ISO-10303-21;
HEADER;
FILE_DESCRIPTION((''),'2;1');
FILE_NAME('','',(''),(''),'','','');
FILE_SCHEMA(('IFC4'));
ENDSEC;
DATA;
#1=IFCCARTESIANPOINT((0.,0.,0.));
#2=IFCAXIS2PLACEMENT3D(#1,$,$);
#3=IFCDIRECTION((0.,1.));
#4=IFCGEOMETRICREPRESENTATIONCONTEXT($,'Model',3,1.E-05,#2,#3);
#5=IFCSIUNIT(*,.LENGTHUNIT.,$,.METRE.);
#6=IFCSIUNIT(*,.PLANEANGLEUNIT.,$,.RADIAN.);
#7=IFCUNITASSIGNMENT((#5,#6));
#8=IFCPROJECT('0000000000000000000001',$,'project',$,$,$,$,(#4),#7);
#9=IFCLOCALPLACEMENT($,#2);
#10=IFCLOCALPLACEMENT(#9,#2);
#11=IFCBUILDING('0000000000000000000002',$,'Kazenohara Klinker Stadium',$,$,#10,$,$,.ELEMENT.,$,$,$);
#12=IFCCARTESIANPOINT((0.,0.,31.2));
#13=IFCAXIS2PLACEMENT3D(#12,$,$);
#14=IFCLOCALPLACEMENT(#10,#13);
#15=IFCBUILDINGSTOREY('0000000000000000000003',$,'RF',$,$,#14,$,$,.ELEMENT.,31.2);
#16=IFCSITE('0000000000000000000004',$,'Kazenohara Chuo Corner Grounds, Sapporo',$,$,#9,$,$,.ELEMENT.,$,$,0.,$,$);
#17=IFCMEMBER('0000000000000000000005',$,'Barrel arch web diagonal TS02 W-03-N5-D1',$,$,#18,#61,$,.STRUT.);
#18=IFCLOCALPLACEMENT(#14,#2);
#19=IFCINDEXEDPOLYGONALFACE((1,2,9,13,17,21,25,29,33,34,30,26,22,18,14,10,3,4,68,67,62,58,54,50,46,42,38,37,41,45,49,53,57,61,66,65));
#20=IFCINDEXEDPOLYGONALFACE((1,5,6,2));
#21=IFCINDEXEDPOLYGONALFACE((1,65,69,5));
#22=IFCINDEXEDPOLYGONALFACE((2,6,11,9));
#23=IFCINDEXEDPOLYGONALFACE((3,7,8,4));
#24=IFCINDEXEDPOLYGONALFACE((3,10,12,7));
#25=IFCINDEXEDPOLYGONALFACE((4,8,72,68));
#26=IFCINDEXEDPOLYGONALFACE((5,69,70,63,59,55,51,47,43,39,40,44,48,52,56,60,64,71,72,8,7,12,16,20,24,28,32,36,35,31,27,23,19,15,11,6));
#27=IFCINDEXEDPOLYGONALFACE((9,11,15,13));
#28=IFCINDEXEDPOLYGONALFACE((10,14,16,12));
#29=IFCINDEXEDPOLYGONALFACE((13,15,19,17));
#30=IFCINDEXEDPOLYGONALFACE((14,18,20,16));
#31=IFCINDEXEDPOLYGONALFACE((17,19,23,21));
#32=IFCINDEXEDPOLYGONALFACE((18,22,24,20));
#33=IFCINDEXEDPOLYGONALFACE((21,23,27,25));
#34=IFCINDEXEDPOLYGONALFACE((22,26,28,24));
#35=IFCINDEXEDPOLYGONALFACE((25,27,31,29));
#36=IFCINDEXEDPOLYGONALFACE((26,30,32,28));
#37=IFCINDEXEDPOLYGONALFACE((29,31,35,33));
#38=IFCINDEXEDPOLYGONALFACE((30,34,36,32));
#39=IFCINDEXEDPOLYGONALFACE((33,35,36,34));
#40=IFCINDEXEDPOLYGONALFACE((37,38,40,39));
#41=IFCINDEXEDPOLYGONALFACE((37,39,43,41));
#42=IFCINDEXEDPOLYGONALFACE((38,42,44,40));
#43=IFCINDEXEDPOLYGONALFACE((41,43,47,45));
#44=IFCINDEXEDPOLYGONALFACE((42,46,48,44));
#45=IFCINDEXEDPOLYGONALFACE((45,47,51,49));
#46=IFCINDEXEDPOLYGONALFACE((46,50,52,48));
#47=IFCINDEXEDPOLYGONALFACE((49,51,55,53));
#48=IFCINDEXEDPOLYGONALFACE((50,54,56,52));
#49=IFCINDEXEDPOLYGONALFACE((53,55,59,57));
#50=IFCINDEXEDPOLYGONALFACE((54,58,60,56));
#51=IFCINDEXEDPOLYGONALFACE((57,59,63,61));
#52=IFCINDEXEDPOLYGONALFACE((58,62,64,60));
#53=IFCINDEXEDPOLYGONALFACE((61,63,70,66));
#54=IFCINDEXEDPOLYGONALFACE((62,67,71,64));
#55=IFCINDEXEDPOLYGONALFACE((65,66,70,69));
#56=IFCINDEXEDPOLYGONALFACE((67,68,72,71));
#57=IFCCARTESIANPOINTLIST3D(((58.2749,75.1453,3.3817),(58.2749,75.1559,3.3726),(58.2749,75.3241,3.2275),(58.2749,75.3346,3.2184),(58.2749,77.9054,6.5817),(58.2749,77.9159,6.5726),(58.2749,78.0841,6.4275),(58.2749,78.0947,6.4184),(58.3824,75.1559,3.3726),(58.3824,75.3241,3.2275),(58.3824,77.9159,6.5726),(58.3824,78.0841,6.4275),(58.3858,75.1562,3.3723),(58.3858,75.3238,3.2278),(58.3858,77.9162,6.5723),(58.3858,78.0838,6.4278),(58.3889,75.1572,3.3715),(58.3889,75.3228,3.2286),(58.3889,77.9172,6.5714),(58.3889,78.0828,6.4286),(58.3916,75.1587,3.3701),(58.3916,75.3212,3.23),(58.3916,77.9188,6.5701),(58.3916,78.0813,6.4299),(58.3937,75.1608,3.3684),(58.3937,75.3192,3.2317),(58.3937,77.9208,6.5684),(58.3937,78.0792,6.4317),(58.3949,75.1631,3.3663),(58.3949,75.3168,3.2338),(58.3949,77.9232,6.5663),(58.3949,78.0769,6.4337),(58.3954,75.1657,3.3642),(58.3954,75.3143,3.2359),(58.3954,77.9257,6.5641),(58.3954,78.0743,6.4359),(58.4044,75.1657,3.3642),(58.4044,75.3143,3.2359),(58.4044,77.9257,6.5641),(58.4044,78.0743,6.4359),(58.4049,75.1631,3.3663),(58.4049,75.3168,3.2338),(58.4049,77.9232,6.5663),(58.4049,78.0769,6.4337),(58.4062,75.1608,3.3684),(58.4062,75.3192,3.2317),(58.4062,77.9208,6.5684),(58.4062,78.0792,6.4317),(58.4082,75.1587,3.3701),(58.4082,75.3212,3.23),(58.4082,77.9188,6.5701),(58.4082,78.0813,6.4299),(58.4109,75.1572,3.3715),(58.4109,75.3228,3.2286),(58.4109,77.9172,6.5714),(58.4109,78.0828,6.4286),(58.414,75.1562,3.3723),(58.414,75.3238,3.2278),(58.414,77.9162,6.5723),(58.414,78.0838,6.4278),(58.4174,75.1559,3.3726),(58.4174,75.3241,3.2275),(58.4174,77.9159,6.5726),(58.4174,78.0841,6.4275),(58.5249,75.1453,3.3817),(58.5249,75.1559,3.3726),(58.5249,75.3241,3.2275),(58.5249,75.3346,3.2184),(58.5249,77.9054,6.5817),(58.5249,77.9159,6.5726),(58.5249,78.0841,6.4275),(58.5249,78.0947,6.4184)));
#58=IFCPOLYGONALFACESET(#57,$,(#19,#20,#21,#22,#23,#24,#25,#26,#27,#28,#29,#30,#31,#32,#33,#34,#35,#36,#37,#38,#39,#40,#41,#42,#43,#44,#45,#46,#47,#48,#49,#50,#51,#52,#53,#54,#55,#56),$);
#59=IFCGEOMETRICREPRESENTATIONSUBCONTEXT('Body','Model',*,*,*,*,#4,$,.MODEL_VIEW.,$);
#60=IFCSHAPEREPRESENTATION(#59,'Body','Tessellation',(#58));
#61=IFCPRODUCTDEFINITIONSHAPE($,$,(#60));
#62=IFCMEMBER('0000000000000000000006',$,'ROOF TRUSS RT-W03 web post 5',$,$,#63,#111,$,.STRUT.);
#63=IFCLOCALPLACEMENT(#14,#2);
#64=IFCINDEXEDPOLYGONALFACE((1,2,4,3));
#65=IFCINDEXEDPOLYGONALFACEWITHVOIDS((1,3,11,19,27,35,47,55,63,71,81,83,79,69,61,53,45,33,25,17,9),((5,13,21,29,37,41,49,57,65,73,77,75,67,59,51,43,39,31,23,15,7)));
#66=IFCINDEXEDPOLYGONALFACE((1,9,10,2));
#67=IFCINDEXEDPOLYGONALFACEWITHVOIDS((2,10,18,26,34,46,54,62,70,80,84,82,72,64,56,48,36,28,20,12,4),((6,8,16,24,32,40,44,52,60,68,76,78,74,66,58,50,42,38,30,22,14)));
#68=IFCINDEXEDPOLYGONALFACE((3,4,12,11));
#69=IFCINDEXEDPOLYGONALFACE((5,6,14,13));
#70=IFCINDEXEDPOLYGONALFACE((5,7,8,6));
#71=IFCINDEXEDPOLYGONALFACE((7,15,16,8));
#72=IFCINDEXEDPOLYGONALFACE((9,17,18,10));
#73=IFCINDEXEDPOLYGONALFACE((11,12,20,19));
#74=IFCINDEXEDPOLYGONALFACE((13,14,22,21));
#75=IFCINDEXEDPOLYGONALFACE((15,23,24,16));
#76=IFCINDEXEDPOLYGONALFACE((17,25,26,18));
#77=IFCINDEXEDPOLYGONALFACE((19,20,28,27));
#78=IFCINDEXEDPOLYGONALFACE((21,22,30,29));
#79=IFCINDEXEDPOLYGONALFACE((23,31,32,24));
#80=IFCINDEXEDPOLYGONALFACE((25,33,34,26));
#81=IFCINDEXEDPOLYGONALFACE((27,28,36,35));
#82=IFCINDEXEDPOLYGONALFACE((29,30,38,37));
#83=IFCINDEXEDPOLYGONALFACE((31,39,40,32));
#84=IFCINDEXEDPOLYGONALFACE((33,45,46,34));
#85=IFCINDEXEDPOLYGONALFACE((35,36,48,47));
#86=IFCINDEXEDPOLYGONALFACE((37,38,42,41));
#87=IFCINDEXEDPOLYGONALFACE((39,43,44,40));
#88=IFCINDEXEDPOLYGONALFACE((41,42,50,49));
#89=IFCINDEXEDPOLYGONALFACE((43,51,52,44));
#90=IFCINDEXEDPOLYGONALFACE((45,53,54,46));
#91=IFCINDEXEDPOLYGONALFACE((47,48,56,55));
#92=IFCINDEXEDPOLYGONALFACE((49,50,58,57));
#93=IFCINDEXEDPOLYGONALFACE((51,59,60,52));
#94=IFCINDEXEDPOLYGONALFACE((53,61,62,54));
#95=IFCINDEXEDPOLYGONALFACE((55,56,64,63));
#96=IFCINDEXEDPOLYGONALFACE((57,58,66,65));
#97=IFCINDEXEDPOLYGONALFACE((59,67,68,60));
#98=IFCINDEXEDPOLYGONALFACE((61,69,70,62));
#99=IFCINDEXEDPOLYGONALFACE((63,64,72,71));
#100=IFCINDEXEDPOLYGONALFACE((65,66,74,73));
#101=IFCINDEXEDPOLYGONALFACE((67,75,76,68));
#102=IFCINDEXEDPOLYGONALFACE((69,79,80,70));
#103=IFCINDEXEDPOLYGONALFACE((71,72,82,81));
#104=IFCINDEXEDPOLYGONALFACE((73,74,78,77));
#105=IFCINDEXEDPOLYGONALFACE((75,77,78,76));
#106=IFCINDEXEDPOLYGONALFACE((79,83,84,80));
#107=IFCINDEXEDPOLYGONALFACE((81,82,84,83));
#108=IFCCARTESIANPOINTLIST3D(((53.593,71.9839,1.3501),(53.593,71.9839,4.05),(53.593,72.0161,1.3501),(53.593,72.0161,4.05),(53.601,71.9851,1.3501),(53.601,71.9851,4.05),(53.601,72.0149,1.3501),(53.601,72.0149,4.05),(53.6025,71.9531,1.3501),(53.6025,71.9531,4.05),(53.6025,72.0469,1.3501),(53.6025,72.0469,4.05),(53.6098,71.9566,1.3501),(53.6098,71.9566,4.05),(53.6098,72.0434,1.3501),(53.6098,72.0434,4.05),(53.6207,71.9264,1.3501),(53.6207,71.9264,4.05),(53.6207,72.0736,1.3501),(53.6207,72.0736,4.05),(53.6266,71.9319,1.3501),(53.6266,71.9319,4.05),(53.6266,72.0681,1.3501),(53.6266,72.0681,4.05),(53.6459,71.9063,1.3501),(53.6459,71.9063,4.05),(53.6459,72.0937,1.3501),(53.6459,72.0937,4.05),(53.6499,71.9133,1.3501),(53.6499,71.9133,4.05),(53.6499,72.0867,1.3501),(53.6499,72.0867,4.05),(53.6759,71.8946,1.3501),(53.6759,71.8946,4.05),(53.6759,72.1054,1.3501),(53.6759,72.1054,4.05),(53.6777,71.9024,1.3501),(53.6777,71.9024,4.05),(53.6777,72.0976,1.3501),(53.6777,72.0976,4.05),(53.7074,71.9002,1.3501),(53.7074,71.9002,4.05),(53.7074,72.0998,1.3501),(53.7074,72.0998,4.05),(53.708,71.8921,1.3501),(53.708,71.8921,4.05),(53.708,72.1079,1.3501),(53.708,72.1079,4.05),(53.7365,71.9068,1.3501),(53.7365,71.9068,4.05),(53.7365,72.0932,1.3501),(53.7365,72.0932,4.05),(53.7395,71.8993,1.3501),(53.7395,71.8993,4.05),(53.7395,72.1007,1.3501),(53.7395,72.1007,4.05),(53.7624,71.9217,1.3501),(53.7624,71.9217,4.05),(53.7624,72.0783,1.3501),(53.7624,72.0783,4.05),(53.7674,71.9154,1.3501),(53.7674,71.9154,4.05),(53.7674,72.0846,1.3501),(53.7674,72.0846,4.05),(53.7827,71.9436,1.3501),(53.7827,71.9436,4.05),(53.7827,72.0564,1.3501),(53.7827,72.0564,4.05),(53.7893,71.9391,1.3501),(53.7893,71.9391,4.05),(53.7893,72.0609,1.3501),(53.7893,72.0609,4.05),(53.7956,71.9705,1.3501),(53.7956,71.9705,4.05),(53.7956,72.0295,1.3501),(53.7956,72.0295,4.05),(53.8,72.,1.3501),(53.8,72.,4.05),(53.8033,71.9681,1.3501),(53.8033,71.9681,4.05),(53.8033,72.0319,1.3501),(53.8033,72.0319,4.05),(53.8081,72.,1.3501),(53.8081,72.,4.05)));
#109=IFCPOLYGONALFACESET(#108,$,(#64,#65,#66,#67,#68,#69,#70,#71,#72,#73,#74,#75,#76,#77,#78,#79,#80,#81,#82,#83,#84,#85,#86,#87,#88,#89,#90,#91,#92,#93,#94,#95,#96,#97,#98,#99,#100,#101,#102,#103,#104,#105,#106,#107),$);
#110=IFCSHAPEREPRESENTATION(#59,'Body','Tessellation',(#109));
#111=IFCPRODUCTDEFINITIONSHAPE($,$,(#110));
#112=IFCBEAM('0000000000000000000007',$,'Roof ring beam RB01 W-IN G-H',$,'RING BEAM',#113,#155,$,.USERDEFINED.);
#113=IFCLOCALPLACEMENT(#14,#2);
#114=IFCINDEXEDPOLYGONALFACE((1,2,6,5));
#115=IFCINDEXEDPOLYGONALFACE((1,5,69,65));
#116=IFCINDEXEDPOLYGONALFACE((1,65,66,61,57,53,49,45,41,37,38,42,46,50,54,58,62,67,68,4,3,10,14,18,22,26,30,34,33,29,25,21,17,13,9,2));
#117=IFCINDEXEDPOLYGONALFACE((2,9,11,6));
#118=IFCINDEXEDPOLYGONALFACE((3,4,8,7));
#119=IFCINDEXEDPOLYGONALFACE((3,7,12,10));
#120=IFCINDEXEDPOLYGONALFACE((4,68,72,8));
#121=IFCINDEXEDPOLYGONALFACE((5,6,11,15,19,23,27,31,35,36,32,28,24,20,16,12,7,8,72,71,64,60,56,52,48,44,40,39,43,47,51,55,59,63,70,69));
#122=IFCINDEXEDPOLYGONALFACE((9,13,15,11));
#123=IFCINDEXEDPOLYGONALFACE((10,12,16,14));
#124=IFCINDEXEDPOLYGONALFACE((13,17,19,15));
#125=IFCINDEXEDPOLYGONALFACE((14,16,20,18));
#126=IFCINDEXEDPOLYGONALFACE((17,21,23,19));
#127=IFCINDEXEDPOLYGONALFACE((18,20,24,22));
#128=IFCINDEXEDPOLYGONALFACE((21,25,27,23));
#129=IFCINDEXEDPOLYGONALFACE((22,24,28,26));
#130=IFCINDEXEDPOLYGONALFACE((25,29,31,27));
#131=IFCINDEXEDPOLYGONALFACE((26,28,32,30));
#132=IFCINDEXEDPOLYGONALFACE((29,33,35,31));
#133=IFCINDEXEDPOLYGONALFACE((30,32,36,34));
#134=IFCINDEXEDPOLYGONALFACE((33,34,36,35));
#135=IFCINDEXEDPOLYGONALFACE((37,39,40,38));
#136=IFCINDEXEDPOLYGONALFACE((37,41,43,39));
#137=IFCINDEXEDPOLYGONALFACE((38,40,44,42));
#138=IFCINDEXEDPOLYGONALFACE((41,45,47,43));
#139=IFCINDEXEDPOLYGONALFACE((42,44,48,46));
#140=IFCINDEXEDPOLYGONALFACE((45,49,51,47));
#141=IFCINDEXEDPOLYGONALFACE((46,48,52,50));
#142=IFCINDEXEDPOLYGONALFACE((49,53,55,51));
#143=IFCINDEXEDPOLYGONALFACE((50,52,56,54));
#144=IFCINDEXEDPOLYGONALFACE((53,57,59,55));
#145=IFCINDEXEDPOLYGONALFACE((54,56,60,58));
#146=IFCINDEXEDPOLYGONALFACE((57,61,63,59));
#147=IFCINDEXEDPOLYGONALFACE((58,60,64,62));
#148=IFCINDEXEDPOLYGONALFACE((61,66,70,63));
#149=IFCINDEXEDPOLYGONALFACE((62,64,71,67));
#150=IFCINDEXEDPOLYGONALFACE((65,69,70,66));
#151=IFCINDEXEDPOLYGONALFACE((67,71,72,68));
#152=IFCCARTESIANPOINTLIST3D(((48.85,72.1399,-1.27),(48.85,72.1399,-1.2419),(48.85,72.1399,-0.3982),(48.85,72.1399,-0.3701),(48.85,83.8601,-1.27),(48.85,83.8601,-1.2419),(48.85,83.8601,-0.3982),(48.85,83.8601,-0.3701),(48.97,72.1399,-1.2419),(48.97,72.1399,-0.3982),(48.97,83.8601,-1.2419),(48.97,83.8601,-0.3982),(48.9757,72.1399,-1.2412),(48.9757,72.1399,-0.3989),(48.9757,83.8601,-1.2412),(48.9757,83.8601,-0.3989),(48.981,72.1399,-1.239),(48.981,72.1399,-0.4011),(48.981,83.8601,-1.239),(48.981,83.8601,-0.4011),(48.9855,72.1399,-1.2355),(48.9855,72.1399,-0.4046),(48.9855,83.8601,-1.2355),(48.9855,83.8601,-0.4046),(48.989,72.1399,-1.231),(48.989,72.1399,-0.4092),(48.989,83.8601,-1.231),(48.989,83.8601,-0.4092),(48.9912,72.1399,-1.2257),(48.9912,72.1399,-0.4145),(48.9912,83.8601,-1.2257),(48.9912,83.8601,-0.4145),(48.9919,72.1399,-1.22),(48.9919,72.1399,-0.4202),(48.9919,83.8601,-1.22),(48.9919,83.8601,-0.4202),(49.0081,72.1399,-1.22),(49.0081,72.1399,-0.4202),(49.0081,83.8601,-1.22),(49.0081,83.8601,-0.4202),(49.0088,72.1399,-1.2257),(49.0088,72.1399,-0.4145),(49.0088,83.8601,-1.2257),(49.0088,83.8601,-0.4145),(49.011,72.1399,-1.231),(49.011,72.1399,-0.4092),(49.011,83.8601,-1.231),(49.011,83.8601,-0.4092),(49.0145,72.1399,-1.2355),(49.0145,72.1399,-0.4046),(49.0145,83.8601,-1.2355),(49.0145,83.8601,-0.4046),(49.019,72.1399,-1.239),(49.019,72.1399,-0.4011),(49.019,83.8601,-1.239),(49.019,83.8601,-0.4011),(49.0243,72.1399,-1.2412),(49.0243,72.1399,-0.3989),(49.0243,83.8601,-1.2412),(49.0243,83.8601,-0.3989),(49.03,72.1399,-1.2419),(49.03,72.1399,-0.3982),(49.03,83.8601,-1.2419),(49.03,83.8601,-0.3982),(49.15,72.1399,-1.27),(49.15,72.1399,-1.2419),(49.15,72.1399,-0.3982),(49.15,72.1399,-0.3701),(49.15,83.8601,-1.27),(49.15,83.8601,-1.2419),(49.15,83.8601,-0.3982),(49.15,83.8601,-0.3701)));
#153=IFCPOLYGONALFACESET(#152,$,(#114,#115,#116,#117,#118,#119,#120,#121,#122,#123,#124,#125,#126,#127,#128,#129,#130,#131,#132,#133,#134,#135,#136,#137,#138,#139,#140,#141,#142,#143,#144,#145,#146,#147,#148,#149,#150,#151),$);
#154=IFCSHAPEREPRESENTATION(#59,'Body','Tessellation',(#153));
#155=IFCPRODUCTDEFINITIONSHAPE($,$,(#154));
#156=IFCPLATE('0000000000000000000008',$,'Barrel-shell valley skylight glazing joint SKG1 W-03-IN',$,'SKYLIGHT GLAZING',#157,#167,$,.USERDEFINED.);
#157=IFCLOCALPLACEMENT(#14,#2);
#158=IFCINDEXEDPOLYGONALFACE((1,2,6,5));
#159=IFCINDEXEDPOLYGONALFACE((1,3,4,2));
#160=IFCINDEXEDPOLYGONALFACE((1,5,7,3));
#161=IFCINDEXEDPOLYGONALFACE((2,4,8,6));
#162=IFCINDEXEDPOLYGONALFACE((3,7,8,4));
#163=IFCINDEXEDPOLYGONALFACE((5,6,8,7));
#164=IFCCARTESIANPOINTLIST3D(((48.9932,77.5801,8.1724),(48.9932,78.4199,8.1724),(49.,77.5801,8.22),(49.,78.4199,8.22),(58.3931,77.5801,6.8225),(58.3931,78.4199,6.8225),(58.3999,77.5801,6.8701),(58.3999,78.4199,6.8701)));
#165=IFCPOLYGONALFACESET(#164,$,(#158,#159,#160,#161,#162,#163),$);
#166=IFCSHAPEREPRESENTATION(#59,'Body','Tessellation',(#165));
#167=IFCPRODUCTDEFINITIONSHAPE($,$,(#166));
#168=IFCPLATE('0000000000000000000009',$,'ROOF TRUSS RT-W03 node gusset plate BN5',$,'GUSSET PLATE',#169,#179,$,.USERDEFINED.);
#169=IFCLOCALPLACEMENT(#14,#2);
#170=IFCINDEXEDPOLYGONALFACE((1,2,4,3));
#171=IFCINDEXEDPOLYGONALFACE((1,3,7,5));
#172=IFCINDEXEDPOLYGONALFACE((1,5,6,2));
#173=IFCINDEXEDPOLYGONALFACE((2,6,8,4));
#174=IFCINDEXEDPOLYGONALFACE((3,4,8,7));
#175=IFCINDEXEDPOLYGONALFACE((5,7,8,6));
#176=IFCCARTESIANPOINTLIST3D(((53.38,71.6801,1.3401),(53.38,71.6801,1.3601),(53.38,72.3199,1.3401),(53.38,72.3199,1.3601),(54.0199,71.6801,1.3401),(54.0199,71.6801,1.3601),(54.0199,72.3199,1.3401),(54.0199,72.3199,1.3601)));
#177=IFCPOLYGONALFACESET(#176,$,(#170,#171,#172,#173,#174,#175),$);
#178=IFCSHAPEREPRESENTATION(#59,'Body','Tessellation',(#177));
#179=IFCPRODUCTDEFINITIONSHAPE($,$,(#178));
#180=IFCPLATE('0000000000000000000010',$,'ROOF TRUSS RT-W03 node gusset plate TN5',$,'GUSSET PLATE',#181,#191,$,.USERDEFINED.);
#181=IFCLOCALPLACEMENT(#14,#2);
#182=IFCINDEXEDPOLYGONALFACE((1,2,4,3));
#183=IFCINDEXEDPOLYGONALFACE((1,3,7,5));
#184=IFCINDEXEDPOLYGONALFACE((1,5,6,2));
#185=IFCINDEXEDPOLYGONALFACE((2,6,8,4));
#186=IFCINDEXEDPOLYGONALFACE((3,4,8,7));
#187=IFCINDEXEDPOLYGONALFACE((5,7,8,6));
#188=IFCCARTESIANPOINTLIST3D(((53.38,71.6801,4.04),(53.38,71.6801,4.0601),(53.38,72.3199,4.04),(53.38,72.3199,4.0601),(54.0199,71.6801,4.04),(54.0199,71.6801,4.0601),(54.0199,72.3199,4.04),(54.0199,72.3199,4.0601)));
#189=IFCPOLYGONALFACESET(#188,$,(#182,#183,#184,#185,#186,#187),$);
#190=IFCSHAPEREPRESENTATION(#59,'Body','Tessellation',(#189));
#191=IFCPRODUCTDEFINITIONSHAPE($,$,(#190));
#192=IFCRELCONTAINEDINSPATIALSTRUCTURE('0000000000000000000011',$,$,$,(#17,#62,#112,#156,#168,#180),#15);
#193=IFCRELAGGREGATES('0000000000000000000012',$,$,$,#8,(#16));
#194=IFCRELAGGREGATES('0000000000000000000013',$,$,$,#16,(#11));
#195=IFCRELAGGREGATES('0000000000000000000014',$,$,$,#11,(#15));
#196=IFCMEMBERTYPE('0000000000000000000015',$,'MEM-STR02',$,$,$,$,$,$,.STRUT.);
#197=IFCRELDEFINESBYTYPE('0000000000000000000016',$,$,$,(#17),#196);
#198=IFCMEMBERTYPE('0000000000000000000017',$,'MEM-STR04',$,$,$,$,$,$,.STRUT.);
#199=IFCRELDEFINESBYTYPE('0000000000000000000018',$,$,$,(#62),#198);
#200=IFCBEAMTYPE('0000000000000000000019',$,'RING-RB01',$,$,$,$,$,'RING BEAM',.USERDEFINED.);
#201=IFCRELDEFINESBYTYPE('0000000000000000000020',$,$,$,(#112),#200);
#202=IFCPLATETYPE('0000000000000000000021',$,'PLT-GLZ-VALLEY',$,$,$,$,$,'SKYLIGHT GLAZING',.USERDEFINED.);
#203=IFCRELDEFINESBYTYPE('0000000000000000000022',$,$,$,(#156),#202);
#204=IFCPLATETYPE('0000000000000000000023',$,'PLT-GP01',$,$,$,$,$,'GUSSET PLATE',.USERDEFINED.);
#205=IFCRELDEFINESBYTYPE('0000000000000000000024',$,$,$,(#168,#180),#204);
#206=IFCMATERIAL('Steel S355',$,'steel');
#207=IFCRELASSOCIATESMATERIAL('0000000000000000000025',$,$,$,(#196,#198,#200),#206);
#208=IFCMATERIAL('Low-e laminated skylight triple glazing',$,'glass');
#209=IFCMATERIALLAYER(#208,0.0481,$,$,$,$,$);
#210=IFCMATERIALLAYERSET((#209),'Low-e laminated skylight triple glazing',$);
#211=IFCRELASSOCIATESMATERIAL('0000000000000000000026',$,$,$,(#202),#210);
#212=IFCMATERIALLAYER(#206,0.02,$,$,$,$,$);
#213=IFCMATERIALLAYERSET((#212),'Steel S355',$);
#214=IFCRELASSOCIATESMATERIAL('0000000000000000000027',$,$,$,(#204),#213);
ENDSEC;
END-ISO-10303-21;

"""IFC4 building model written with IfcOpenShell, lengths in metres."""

from ifc_helpers import new_model, si_unit, direction, frame, origin, origin_2d, place, context, subcontext, project, spatial, polyline, rectangle, hollow_circle, i_section, outline, extrude, material, layer, layer_set, material_profile, profile_set, type_object, element, save


model = new_model("IFC4")

# Units and contexts
model_context = context("Model", 3, precision=1e-05, world=origin(), true_north=direction((0.0, 1.0)))
body_context = subcontext(model_context, "Body", "Model", "MODEL_VIEW")
ifc_project = project(units=[si_unit("LENGTHUNIT", "METRE"), si_unit("PLANEANGLEUNIT", "RADIAN")], contexts=[model_context])

# Site, building, storey
site_placement = place(None, origin())
site = spatial("IfcSite", under=ifc_project, at=site_placement, Name="Kazenohara Chuo Corner Grounds, Sapporo", CompositionType="ELEMENT", RefElevation=0.0)
building_placement = place(site_placement, origin())
building = spatial("IfcBuilding", under=site, at=building_placement, Name="Kazenohara Klinker Stadium", CompositionType="ELEMENT")
storey_placement = place(building_placement, frame((0.0, 0.0, 31.2)))
storey = spatial("IfcBuildingStorey", under=building, at=storey_placement, Name="RF", CompositionType="ELEMENT", Elevation=31.2)

# Members
ifc_material_1 = material(Name="Steel S355", Category="steel")
ifc_material_profile_1 = material_profile(ifc_material_1, i_section(OverallWidth=0.25, OverallDepth=0.25, WebThickness=0.009, FlangeThickness=0.0139, FilletRadius=0.0129, at=origin_2d()), Name="H-250x250x9x14")
ifc_profile_set_1 = profile_set([ifc_material_profile_1], Name="Steel S355")
member_type_1 = type_object("IfcMemberType", Name="MEM-STR02", PredefinedType="STRUT", material=ifc_profile_set_1)
member_1_placement = place(storey_placement, frame((58.3999, 75.24, 3.3), z_axis=(0.0, 0.653134, 0.757242), x_axis=(-1.0, 0.0, 0.0)))
element("IfcMember", 1, at=member_1_placement, inside=storey, type_object=member_type_1, Name="Barrel arch web diagonal TS02 W-03-N5-D1", PredefinedType="STRUT", context=body_context, shape_type="SweptSolid", body=[
    extrude(i_section(OverallWidth=0.25, OverallDepth=0.25, WebThickness=0.009, FlangeThickness=0.0139, FilletRadius=0.0129, at=origin_2d()), origin(), (0.0, 0.0, 1.0), 4.2258),
])
ifc_material_profile_2 = material_profile(ifc_material_1, hollow_circle(Radius=0.1082, WallThickness=0.0081, at=origin_2d()), Name="CHS-216.3x8")
ifc_profile_set_2 = profile_set([ifc_material_profile_2], Name="Steel S355")
member_type_2 = type_object("IfcMemberType", Name="MEM-STR04", PredefinedType="STRUT", material=ifc_profile_set_2)
member_2_placement = place(storey_placement, frame((53.7, 72.0, 1.3501), z_axis=(0.0, 0.0, 1.0), x_axis=(1.0, 0.0, 0.0)))
element("IfcMember", 2, at=member_2_placement, inside=storey, type_object=member_type_2, Name="ROOF TRUSS RT-W03 web post 5", PredefinedType="STRUT", context=body_context, shape_type="SweptSolid", body=[
    extrude(hollow_circle(Radius=0.1082, WallThickness=0.0081, at=origin_2d()), origin(), (0.0, 0.0, 1.0), 2.7),
])

# Beam
ifc_material_profile_3 = material_profile(ifc_material_1, i_section(OverallWidth=0.3, OverallDepth=0.8999, WebThickness=0.0161, FlangeThickness=0.0281, FilletRadius=0.022, at=origin_2d()), Name="H-900x300x16x28")
ifc_profile_set_3 = profile_set([ifc_material_profile_3], Name="Steel S355")
beam_type = type_object("IfcBeamType", Name="RING-RB01", ElementType="RING BEAM", PredefinedType="USERDEFINED", material=ifc_profile_set_3)
beam_placement = place(storey_placement, frame((49.0, 72.1399, -0.8201), z_axis=(0.0, 1.0, 0.0), x_axis=(-1.0, 0.0, 0.0)))
element("IfcBeam", 3, at=beam_placement, inside=storey, type_object=beam_type, Name="Roof ring beam RB01 W-IN G-H", ObjectType="RING BEAM", PredefinedType="USERDEFINED", context=body_context, shape_type="SweptSolid", body=[
    extrude(i_section(OverallWidth=0.3, OverallDepth=0.8999, WebThickness=0.0161, FlangeThickness=0.0281, FilletRadius=0.022, at=origin_2d()), origin(), (0.0, 0.0, 1.0), 11.7202),
])

# Plates
ifc_material_2 = material(Name="Low-e laminated skylight triple glazing", Category="glass")
ifc_layer_1 = layer(ifc_material_2, 0.0481)
ifc_layer_set_1 = layer_set([ifc_layer_1], Name="Low-e laminated skylight triple glazing")
plate_type_1 = type_object("IfcPlateType", Name="PLT-GLZ-VALLEY", ElementType="SKYLIGHT GLAZING", PredefinedType="USERDEFINED", material=ifc_layer_set_1)
plate_placement = place(storey_placement, frame((49.0, 77.5801, 8.22), z_axis=(0.142145, 0.0, 0.989846), x_axis=(0.989846, 0.0, -0.142145)))
element("IfcPlate", 4, at=plate_placement, inside=storey, type_object=plate_type_1, Name="Barrel-shell valley skylight glazing joint SKG1 W-03-IN", ObjectType="SKYLIGHT GLAZING", PredefinedType="USERDEFINED", context=body_context, shape_type="SweptSolid", body=[
    extrude(outline(polyline([(0.0, 0.0), (9.4963, 0.0), (9.4963, 0.8398), (0.0, 0.8398), (0.0, 0.0)])), origin(), (0.0, 0.0, -1.0), 0.0481),
])
ifc_layer_2 = layer(ifc_material_1, 0.02)
ifc_layer_set_2 = layer_set([ifc_layer_2], Name="Steel S355")
plate_type_2 = type_object("IfcPlateType", Name="PLT-GP01", ElementType="GUSSET PLATE", PredefinedType="USERDEFINED", material=ifc_layer_set_2)
for number, where, z_axis, x_axis, name in (
    (5, (53.7, 72.0, 1.3401), (0.0, 0.0, 1.0), (1.0, 0.0, 0.0), "ROOF TRUSS RT-W03 node gusset plate BN5"),
    (6, (53.7, 72.0, 4.04), (0.0, 0.0, 1.0), (1.0, 0.0, 0.0), "ROOF TRUSS RT-W03 node gusset plate TN5"),
):
    element("IfcPlate", number, at=place(storey_placement, frame(where, z_axis=z_axis, x_axis=x_axis)), inside=storey, type_object=plate_type_2, Name=name, ObjectType="GUSSET PLATE", PredefinedType="USERDEFINED", context=body_context, shape_type="SweptSolid", body=[
        extrude(rectangle(XDim=0.6399, YDim=0.6399, at=origin_2d()), origin(), (0.0, 0.0, 1.0), 0.02),
    ])

save(model, "model.ifc")
